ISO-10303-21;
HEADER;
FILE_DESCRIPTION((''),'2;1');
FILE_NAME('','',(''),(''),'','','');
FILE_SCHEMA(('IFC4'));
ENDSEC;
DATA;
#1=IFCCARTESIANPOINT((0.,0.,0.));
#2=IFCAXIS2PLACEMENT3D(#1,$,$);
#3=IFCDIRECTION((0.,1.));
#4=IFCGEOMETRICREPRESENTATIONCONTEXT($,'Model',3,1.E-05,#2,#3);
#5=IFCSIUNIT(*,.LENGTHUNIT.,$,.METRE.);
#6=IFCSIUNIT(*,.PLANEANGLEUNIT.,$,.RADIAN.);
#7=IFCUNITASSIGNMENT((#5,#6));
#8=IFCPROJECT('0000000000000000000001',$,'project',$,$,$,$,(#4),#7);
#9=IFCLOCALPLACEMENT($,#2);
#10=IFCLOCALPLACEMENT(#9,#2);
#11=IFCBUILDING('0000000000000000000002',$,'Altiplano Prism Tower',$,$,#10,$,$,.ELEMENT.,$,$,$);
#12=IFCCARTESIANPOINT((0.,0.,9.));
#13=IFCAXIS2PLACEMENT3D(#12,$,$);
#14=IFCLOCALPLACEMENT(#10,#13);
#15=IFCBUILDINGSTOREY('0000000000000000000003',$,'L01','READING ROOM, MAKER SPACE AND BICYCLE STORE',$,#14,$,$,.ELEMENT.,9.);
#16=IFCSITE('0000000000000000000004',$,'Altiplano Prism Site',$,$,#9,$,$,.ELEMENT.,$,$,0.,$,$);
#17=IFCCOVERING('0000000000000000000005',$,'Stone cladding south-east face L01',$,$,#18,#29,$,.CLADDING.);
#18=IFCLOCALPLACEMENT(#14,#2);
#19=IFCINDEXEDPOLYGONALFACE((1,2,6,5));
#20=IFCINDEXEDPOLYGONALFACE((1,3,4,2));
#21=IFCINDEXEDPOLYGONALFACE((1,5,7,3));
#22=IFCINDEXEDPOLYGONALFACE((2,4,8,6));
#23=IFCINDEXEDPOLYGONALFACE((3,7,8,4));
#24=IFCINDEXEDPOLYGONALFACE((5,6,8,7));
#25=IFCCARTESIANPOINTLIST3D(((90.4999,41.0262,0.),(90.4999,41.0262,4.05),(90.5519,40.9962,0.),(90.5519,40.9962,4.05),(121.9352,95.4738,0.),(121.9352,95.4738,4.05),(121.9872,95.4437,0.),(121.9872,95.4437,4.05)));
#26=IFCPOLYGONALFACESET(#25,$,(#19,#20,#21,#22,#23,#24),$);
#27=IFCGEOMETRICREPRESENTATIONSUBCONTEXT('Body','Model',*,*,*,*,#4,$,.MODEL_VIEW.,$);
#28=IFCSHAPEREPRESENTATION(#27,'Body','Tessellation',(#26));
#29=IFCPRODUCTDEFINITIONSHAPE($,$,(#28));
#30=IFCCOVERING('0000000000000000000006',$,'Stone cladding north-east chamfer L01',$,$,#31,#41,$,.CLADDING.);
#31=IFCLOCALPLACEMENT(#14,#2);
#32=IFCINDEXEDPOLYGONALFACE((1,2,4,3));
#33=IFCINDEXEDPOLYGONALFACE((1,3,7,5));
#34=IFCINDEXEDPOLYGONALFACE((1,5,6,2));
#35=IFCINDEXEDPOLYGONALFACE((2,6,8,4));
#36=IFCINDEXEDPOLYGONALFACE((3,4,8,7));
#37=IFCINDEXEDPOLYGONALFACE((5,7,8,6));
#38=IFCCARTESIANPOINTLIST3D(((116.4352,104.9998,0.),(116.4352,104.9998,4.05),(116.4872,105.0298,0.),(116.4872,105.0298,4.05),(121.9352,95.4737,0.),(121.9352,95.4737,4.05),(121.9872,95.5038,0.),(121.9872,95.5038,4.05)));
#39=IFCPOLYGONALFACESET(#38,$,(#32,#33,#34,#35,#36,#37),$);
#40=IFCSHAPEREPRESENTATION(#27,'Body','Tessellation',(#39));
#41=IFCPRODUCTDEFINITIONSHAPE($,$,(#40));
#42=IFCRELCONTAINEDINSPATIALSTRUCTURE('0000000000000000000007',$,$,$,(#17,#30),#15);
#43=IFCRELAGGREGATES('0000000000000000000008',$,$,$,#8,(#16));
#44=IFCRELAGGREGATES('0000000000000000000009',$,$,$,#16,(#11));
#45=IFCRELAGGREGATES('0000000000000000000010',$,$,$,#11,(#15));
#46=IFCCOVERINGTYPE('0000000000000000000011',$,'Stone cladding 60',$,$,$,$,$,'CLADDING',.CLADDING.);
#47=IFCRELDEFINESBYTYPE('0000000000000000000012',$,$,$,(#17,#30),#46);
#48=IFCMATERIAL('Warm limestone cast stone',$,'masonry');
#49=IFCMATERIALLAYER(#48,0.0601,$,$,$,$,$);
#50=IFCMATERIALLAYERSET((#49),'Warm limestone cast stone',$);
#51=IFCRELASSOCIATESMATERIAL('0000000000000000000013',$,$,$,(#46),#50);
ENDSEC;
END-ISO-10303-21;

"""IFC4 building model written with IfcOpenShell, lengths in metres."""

from ifc_helpers import new_model, si_unit, direction, frame, frame_2d, origin, place, context, subcontext, project, spatial, rectangle, extrude, material, layer, layer_set, type_object, element, save


model = new_model("IFC4")

# Units and contexts
model_context = context("Model", 3, precision=1e-05, world=origin(), true_north=direction((0.0, 1.0)))
body_context = subcontext(model_context, "Body", "Model", "MODEL_VIEW")
ifc_project = project(units=[si_unit("LENGTHUNIT", "METRE"), si_unit("PLANEANGLEUNIT", "RADIAN")], contexts=[model_context])

# Site, building, storey
site_placement = place(None, origin())
site = spatial("IfcSite", under=ifc_project, at=site_placement, Name="Altiplano Prism Site", CompositionType="ELEMENT", RefElevation=0.0)
building_placement = place(site_placement, origin())
building = spatial("IfcBuilding", under=site, at=building_placement, Name="Altiplano Prism Tower", CompositionType="ELEMENT")
storey_placement = place(building_placement, frame((0.0, 0.0, 9.0)))
storey = spatial("IfcBuildingStorey", under=building, at=storey_placement, Name="L01", Description="READING ROOM, MAKER SPACE AND BICYCLE STORE", CompositionType="ELEMENT", Elevation=9.0)

# Coverings
ifc_material_1 = material(Name="Warm limestone cast stone", Category="masonry")
ifc_layer_1 = layer(ifc_material_1, 0.0601)
ifc_layer_set_1 = layer_set([ifc_layer_1], Name="Warm limestone cast stone")
covering_type = type_object("IfcCoveringType", Name="Stone cladding 60", ElementType="CLADDING", PredefinedType="CLADDING", material=ifc_layer_set_1)
covering_1_placement = place(storey_placement, frame((121.9612, 95.4587, 0.0), z_axis=(0.0, 0.0, 1.0), x_axis=(-0.5, -0.866025, 0.0)))
element("IfcCovering", 1, at=covering_1_placement, inside=storey, type_object=covering_type, Name="Stone cladding south-east face L01", PredefinedType="CLADDING", context=body_context, shape_type="SweptSolid", body=[
    extrude(rectangle(XDim=62.8706, YDim=0.0601, at=frame_2d((31.4353, 0.0))), origin(), (0.0, 0.0, 1.0), 4.05),
])
covering_2_placement = place(storey_placement, frame((116.4612, 105.0149, 0.0), z_axis=(0.0, 0.0, 1.0), x_axis=(0.500006, -0.866022, 0.0)))
element("IfcCovering", 2, at=covering_2_placement, inside=storey, type_object=covering_type, Name="Stone cladding north-east chamfer L01", PredefinedType="CLADDING", context=body_context, shape_type="SweptSolid", body=[
    extrude(rectangle(XDim=10.9998, YDim=0.0601, at=frame_2d((5.5, 0.0))), origin(), (0.0, 0.0, 1.0), 4.05),
])

save(model, "model.ifc")
